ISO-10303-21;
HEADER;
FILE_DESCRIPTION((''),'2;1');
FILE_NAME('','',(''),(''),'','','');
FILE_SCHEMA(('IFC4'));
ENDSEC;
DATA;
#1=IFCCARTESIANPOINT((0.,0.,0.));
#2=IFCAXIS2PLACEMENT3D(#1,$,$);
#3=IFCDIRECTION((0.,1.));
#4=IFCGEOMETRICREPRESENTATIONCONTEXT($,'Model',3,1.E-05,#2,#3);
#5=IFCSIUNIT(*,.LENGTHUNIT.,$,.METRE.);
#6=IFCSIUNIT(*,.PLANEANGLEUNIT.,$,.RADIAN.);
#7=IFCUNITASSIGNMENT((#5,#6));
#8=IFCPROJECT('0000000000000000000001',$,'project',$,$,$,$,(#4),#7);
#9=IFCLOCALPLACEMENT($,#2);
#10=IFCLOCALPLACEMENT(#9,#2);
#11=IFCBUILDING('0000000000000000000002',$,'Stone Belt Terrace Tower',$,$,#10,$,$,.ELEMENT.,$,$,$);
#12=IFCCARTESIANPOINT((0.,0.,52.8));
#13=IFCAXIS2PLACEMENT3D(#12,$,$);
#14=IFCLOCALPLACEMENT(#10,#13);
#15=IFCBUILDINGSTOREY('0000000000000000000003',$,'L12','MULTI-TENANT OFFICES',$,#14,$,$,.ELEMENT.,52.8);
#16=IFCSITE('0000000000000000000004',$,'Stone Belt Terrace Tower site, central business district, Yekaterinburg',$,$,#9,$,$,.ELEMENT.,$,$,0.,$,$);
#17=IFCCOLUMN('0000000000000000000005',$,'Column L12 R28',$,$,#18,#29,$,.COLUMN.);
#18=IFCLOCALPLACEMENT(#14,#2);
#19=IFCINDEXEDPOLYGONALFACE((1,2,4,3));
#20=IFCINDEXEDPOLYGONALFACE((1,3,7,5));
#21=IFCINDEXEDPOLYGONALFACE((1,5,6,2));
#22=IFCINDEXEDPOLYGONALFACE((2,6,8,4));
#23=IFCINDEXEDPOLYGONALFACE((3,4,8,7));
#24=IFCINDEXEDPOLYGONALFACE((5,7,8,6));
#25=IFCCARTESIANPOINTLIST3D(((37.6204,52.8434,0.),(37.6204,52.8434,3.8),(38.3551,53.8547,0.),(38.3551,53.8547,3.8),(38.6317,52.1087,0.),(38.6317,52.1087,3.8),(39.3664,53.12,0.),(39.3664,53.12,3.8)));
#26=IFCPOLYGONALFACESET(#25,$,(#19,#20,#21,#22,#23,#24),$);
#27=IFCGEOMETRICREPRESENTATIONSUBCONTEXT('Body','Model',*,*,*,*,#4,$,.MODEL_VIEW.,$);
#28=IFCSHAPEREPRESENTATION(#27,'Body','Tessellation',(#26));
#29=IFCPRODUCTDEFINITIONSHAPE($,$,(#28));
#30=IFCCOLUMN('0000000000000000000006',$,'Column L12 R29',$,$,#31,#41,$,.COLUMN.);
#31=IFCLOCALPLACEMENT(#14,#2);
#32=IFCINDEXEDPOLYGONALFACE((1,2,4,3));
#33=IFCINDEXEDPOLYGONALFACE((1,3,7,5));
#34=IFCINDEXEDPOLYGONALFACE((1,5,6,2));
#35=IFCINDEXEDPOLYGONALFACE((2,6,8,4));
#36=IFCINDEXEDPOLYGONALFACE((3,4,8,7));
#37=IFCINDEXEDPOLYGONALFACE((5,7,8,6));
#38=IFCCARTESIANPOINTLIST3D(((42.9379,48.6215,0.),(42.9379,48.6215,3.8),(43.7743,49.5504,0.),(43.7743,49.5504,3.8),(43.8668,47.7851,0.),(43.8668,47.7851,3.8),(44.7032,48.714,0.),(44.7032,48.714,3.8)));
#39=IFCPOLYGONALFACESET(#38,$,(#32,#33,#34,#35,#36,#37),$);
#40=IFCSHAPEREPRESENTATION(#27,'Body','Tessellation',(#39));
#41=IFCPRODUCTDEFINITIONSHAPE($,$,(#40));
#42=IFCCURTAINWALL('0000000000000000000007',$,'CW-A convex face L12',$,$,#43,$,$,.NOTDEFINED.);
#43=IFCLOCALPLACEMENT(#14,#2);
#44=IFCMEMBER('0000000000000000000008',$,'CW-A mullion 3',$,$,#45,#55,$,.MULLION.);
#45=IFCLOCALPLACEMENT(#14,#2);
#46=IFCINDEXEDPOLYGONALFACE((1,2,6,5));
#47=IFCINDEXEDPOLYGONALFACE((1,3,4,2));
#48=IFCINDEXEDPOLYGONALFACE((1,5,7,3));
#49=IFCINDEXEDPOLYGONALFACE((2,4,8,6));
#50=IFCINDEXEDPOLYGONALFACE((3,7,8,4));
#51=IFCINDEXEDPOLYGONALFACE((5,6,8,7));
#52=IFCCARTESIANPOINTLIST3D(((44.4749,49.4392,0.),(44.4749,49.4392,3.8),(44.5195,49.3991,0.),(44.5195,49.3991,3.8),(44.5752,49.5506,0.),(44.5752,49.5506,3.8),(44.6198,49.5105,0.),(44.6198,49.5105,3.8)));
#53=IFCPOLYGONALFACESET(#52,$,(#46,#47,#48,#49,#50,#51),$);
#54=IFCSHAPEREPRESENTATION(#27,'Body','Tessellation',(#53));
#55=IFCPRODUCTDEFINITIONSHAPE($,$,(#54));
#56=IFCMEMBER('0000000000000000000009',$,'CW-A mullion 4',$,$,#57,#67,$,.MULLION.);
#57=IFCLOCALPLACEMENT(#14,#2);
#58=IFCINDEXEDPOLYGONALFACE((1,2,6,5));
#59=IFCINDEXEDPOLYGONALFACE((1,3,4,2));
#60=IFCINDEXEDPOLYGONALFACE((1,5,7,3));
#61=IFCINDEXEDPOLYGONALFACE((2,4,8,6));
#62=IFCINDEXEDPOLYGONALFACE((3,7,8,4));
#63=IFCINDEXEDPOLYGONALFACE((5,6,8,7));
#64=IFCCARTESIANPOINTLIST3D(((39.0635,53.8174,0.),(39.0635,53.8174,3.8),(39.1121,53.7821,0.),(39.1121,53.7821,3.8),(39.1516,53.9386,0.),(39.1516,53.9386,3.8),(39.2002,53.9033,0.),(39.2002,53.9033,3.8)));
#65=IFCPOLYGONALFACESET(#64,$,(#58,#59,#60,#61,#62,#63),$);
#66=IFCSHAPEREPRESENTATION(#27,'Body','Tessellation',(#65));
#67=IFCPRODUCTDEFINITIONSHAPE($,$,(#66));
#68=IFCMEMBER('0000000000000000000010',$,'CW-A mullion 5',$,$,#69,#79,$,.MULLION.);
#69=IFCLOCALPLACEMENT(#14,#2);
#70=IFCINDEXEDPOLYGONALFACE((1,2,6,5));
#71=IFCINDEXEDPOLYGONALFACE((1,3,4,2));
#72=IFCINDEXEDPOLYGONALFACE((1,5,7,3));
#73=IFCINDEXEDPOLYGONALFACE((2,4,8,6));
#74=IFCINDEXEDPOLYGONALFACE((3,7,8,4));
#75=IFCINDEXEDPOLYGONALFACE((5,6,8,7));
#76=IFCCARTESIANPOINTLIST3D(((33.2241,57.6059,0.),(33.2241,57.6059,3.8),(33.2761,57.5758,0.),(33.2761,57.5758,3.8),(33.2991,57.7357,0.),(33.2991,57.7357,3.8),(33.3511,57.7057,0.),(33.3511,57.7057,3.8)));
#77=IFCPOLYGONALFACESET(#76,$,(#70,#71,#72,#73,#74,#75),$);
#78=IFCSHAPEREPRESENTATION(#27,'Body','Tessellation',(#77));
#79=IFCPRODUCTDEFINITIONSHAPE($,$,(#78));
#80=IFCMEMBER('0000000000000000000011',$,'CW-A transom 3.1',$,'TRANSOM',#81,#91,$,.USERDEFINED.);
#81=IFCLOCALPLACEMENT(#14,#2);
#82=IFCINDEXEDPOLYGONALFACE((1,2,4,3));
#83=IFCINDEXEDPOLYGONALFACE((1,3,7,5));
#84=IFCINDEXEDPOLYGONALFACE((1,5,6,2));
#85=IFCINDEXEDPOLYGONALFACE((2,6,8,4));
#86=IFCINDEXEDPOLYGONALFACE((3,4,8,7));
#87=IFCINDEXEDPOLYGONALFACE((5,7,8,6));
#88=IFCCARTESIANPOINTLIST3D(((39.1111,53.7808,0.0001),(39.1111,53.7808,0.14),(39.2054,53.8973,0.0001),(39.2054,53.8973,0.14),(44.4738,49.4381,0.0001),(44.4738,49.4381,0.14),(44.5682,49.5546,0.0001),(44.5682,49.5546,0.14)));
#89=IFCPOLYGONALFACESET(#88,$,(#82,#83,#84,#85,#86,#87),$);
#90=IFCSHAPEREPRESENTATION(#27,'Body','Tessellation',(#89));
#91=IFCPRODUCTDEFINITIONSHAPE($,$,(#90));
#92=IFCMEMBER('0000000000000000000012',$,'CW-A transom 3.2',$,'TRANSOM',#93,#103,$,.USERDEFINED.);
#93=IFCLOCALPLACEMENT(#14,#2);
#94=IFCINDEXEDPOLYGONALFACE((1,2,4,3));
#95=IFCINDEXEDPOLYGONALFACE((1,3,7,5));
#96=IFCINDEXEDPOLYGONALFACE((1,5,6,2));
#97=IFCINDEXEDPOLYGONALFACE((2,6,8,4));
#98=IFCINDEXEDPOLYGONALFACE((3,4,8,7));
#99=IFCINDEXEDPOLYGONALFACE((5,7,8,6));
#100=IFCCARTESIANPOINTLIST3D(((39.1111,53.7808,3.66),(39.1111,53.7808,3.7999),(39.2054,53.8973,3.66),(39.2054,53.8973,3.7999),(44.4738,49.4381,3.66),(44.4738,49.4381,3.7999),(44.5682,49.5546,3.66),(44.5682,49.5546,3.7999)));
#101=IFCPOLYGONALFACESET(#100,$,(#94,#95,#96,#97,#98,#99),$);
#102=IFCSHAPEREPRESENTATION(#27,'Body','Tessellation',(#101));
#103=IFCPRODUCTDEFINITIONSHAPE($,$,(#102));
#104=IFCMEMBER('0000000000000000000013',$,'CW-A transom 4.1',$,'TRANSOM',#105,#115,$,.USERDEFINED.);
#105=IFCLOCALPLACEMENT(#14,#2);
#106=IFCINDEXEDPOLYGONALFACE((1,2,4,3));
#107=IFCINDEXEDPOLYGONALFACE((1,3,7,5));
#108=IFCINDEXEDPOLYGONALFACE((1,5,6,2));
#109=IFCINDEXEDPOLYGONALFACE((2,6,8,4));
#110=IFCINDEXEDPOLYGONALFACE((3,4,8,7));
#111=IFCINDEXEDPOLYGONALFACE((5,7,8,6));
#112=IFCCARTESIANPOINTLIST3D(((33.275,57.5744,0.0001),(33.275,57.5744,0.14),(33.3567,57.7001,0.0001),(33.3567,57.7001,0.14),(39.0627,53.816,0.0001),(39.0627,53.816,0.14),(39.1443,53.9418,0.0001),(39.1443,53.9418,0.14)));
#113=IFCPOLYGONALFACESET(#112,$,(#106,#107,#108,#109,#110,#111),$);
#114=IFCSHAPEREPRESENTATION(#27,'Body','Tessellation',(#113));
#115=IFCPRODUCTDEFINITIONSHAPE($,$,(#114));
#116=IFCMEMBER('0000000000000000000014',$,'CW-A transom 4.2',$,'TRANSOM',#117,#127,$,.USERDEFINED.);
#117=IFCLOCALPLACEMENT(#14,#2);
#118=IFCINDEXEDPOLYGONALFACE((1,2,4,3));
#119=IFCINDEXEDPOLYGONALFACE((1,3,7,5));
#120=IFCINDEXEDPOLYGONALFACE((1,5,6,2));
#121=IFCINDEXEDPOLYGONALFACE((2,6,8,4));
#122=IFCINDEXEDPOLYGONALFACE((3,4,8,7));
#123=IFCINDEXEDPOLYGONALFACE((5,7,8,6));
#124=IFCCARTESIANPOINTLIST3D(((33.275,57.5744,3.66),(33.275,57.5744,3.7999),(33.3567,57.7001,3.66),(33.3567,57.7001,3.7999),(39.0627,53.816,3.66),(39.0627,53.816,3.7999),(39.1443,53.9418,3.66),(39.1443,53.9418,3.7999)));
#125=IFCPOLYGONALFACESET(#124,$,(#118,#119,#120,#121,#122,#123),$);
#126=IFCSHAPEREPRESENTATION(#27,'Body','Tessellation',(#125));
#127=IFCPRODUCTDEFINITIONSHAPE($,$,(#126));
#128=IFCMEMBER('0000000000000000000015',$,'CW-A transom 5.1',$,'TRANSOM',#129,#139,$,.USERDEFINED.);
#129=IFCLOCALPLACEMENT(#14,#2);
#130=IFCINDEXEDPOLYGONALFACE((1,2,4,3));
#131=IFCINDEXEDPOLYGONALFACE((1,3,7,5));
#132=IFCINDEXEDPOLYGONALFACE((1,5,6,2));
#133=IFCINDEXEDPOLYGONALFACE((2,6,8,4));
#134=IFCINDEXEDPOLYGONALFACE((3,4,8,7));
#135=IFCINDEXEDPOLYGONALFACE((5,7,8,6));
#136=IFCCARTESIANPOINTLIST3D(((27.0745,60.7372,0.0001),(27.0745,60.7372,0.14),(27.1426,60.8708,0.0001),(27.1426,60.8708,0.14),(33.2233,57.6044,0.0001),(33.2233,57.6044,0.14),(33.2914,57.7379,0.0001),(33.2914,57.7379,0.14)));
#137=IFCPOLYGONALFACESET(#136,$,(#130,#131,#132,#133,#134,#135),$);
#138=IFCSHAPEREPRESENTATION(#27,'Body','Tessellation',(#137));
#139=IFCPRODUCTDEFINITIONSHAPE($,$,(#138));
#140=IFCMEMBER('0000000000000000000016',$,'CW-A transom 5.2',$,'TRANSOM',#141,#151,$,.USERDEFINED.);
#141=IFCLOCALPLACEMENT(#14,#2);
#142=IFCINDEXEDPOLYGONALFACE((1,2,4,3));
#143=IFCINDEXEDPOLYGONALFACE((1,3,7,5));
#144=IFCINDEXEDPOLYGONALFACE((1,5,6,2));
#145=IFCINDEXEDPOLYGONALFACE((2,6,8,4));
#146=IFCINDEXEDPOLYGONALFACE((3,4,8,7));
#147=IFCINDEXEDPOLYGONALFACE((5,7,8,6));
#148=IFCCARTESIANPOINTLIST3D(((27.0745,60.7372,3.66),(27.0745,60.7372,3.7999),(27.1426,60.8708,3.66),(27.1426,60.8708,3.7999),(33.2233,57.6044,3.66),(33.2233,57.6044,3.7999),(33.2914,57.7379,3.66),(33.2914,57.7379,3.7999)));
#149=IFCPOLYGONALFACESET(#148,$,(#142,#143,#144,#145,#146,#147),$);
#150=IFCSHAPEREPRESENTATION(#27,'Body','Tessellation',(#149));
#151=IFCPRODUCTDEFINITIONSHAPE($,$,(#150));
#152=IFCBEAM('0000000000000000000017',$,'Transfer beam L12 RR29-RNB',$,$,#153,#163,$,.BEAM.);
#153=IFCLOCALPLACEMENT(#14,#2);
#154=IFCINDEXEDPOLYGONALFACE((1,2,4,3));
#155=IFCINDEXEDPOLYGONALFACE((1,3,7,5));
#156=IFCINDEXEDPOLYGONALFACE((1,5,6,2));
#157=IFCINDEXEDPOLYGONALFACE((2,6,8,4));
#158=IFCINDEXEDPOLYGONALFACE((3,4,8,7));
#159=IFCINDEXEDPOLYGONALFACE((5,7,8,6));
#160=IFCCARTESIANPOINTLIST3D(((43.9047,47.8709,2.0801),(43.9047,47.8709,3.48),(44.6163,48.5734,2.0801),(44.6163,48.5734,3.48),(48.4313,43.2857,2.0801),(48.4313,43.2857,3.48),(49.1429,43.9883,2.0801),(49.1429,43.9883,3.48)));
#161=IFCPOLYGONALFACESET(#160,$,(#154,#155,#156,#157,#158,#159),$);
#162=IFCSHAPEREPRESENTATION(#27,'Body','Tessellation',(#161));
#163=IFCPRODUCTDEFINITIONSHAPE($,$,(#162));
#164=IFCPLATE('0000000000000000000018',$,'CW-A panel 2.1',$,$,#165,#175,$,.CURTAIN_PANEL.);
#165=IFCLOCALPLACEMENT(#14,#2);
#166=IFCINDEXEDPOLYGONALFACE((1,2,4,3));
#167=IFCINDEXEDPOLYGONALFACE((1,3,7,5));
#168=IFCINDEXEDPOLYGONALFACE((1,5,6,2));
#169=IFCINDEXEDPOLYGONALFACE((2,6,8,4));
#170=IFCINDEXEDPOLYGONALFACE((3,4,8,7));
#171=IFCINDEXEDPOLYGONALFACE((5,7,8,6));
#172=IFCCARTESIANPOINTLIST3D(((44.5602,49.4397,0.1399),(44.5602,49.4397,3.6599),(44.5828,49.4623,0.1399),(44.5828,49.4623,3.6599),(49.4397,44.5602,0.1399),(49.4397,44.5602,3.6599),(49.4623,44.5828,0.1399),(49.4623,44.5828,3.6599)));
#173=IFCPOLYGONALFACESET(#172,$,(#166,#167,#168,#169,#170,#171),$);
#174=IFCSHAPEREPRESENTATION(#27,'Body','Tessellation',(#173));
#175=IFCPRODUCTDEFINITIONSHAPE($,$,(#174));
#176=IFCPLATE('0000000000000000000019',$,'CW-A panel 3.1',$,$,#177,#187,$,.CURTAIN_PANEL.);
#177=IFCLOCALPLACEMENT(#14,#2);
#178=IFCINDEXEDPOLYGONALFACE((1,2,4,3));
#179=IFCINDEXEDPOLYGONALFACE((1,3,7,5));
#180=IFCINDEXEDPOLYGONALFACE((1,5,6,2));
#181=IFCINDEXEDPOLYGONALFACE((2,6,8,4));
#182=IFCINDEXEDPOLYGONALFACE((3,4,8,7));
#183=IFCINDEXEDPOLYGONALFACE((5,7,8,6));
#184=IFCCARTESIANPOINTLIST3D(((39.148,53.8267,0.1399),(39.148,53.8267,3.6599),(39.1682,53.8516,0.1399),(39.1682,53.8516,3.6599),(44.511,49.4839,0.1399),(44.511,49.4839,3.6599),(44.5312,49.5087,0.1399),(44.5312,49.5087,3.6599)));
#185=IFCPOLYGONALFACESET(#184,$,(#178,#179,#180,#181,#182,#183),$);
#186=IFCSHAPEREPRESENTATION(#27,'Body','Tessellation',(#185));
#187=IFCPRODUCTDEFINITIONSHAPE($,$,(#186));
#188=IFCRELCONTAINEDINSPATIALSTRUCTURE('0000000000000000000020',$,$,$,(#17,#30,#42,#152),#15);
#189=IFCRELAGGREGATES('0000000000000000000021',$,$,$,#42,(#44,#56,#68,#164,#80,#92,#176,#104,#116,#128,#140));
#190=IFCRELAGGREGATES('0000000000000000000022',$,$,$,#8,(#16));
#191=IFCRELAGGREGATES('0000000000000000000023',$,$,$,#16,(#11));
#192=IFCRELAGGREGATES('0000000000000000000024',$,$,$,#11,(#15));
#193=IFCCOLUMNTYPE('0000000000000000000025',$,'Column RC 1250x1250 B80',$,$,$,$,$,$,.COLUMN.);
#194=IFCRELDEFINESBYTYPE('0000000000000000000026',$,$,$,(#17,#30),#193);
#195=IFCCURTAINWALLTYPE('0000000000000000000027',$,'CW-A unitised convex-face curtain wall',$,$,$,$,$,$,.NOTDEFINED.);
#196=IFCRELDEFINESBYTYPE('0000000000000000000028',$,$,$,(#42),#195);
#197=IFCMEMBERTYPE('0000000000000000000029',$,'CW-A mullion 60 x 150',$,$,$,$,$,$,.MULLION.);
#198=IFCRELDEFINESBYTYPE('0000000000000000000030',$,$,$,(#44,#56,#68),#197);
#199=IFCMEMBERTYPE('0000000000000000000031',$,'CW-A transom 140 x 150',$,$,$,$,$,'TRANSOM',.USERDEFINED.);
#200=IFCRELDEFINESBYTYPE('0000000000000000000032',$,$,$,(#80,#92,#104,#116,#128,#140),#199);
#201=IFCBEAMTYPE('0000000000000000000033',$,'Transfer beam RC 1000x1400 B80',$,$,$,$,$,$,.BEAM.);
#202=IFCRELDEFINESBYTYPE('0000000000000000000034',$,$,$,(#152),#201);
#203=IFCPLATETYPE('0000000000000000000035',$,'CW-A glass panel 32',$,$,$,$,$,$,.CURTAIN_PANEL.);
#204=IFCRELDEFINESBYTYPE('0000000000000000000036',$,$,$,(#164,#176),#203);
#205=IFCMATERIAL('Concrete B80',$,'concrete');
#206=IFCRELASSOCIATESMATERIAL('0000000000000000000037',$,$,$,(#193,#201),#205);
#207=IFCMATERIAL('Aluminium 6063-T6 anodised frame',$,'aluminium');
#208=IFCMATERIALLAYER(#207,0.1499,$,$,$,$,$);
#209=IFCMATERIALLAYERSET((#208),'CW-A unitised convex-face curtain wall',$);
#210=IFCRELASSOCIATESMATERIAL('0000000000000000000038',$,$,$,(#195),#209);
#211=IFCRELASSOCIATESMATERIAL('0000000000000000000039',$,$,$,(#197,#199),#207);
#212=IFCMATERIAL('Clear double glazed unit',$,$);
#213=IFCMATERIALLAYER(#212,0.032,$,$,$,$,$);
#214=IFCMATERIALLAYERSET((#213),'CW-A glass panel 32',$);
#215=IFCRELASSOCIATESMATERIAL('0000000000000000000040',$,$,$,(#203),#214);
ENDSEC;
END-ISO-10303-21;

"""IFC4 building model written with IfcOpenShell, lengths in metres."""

from ifc_helpers import new_model, si_unit, direction, frame, origin, origin_2d, place, context, subcontext, project, spatial, rectangle, extrude, material, layer, layer_set, material_profile, profile_set, type_object, element, aggregate, save


model = new_model("IFC4")

# Units and contexts
model_context = context("Model", 3, precision=1e-05, world=origin(), true_north=direction((0.0, 1.0)))
body_context = subcontext(model_context, "Body", "Model", "MODEL_VIEW")
ifc_project = project(units=[si_unit("LENGTHUNIT", "METRE"), si_unit("PLANEANGLEUNIT", "RADIAN")], contexts=[model_context])

# Site, building, storey
site_placement = place(None, origin())
site = spatial("IfcSite", under=ifc_project, at=site_placement, Name="Stone Belt Terrace Tower site, central business district, Yekaterinburg", CompositionType="ELEMENT", RefElevation=0.0)
building_placement = place(site_placement, origin())
building = spatial("IfcBuilding", under=site, at=building_placement, Name="Stone Belt Terrace Tower", CompositionType="ELEMENT")
storey_placement = place(building_placement, frame((0.0, 0.0, 52.8)))
storey = spatial("IfcBuildingStorey", under=building, at=storey_placement, Name="L12", Description="MULTI-TENANT OFFICES", CompositionType="ELEMENT", Elevation=52.8)

# Columns
ifc_material_1 = material(Name="Concrete B80", Category="concrete")
ifc_material_profile_1 = material_profile(ifc_material_1, rectangle(XDim=1.25, YDim=1.25, at=origin_2d()), Name="RC 1250x1250")
ifc_profile_set_1 = profile_set([ifc_material_profile_1], Name="Concrete B80")
column_type = type_object("IfcColumnType", Name="Column RC 1250x1250 B80", PredefinedType="COLUMN", material=ifc_profile_set_1)
for number, where, z_axis, x_axis, name in (
    (1, (38.4934, 52.9817, 0.0), (0.0, 0.0, 1.0), (0.809017, -0.587785, 0.0), "Column L12 R28"),
    (2, (43.8206, 48.6677, 0.0), (0.0, 0.0, 1.0), (0.743145, -0.669131, 0.0), "Column L12 R29"),
):
    element("IfcColumn", number, at=place(storey_placement, frame(where, z_axis=z_axis, x_axis=x_axis)), inside=storey, type_object=column_type, Name=name, PredefinedType="COLUMN", context=body_context, shape_type="SweptSolid", body=[
        extrude(rectangle(XDim=1.25, YDim=1.25, at=origin_2d()), origin(), (0.0, 0.0, 1.0), 3.8),
    ])

# Curtain wall, members
ifc_material_2 = material(Name="Aluminium 6063-T6 anodised frame", Category="aluminium")
ifc_layer_1 = layer(ifc_material_2, 0.1499)
ifc_layer_set_1 = layer_set([ifc_layer_1], Name="CW-A unitised convex-face curtain wall")
curtain_wall_type = type_object("IfcCurtainWallType", Name="CW-A unitised convex-face curtain wall", PredefinedType="NOTDEFINED", material=ifc_layer_set_1)
curtain_wall_placement = place(storey_placement, origin())
curtain_wall = element("IfcCurtainWall", 3, at=curtain_wall_placement, inside=storey, type_object=curtain_wall_type, Name="CW-A convex face L12", PredefinedType="NOTDEFINED")
ifc_material_profile_2 = material_profile(ifc_material_2, rectangle(XDim=0.1499, YDim=0.0601, at=origin_2d()), Name="Aluminium 6063-T6 60x150")
ifc_profile_set_2 = profile_set([ifc_material_profile_2], Name="Aluminium 6063-T6 anodised frame")
member_type_1 = type_object("IfcMemberType", Name="CW-A mullion 60 x 150", PredefinedType="MULLION", material=ifc_profile_set_2)
member_1_placement = place(storey_placement, frame((44.5474, 49.4749, 0.0), z_axis=(0.0, 0.0, 1.0), x_axis=(-0.669131, -0.743145, 0.0)))
member_1 = element("IfcMember", 4, at=member_1_placement, type_object=member_type_1, Name="CW-A mullion 3", PredefinedType="MULLION", context=body_context, shape_type="SweptSolid", body=[
    extrude(rectangle(XDim=0.1499, YDim=0.0601, at=origin_2d()), origin(), (0.0, 0.0, 1.0), 3.8),
])
member_2_placement = place(storey_placement, frame((39.1318, 53.8604, 0.0), z_axis=(0.0, 0.0, 1.0), x_axis=(-0.587785, -0.809017, 0.0)))
member_2 = element("IfcMember", 5, at=member_2_placement, type_object=member_type_1, Name="CW-A mullion 4", PredefinedType="MULLION", context=body_context, shape_type="SweptSolid", body=[
    extrude(rectangle(XDim=0.1499, YDim=0.0601, at=origin_2d()), origin(), (0.0, 0.0, 1.0), 3.8),
])
member_3_placement = place(storey_placement, frame((33.2876, 57.6558, 0.0), z_axis=(0.0, 0.0, 1.0), x_axis=(-0.5, -0.866025, 0.0)))
member_3 = element("IfcMember", 6, at=member_3_placement, type_object=member_type_1, Name="CW-A mullion 5", PredefinedType="MULLION", context=body_context, shape_type="SweptSolid", body=[
    extrude(rectangle(XDim=0.1499, YDim=0.0601, at=origin_2d()), origin(), (0.0, 0.0, 1.0), 3.8),
])
ifc_material_profile_3 = material_profile(ifc_material_2, rectangle(XDim=0.1499, YDim=0.1399, at=origin_2d()), Name="Aluminium 6063-T6 150x140")
ifc_profile_set_3 = profile_set([ifc_material_profile_3], Name="Aluminium 6063-T6 anodised frame")
member_type_2 = type_object("IfcMemberType", Name="CW-A transom 140 x 150", ElementType="TRANSOM", PredefinedType="USERDEFINED", material=ifc_profile_set_3)
member_4_placement = place(storey_placement, frame((44.521, 49.4963, 0.0701), z_axis=(-0.777141, 0.629326, 0.0), x_axis=(-0.629326, -0.777141, 0.0)))
member_4 = element("IfcMember", 7, at=member_4_placement, type_object=member_type_2, Name="CW-A transom 3.1", ObjectType="TRANSOM", PredefinedType="USERDEFINED", context=body_context, shape_type="SweptSolid", body=[
    extrude(rectangle(XDim=0.1499, YDim=0.1399, at=origin_2d()), origin(), (0.0, 0.0, 1.0), 6.9006),
])
member_5_placement = place(storey_placement, frame((44.521, 49.4963, 3.73), z_axis=(-0.777141, 0.629326, 0.0), x_axis=(-0.629326, -0.777141, 0.0)))
member_5 = element("IfcMember", 8, at=member_5_placement, type_object=member_type_2, Name="CW-A transom 3.2", ObjectType="TRANSOM", PredefinedType="USERDEFINED", context=body_context, shape_type="SweptSolid", body=[
    extrude(rectangle(XDim=0.1499, YDim=0.1399, at=origin_2d()), origin(), (0.0, 0.0, 1.0), 6.9006),
])
member_6_placement = place(storey_placement, frame((39.1035, 53.8789, 0.0701), z_axis=(-0.838684, 0.544618, 0.0), x_axis=(-0.544618, -0.838684, 0.0)))
member_6 = element("IfcMember", 9, at=member_6_placement, type_object=member_type_2, Name="CW-A transom 4.1", ObjectType="TRANSOM", PredefinedType="USERDEFINED", context=body_context, shape_type="SweptSolid", body=[
    extrude(rectangle(XDim=0.1499, YDim=0.1399, at=origin_2d()), origin(), (0.0, 0.0, 1.0), 6.9009),
])
member_7_placement = place(storey_placement, frame((39.1035, 53.8789, 3.73), z_axis=(-0.838684, 0.544618, 0.0), x_axis=(-0.544618, -0.838684, 0.0)))
member_7 = element("IfcMember", 10, at=member_7_placement, type_object=member_type_2, Name="CW-A transom 4.2", ObjectType="TRANSOM", PredefinedType="USERDEFINED", context=body_context, shape_type="SweptSolid", body=[
    extrude(rectangle(XDim=0.1499, YDim=0.1399, at=origin_2d()), origin(), (0.0, 0.0, 1.0), 6.9009),
])
member_8_placement = place(storey_placement, frame((33.2573, 57.6711, 0.0701), z_axis=(-0.891012, 0.453979, 0.0), x_axis=(-0.453979, -0.891012, 0.0)))
member_8 = element("IfcMember", 11, at=member_8_placement, type_object=member_type_2, Name="CW-A transom 5.1", ObjectType="TRANSOM", PredefinedType="USERDEFINED", context=body_context, shape_type="SweptSolid", body=[
    extrude(rectangle(XDim=0.1499, YDim=0.1399, at=origin_2d()), origin(), (0.0, 0.0, 1.0), 6.9009),
])
member_9_placement = place(storey_placement, frame((33.2573, 57.6711, 3.73), z_axis=(-0.891012, 0.453979, 0.0), x_axis=(-0.453979, -0.891012, 0.0)))
member_9 = element("IfcMember", 12, at=member_9_placement, type_object=member_type_2, Name="CW-A transom 5.2", ObjectType="TRANSOM", PredefinedType="USERDEFINED", context=body_context, shape_type="SweptSolid", body=[
    extrude(rectangle(XDim=0.1499, YDim=0.1399, at=origin_2d()), origin(), (0.0, 0.0, 1.0), 6.9009),
])

# Beam
ifc_material_profile_4 = material_profile(ifc_material_1, rectangle(XDim=1.0, YDim=1.3999, at=origin_2d()), Name="RC 1000x1400")
ifc_profile_set_4 = profile_set([ifc_material_profile_4], Name="Concrete B80")
beam_type = type_object("IfcBeamType", Name="Transfer beam RC 1000x1400 B80", PredefinedType="BEAM", material=ifc_profile_set_4)
beam_placement = place(storey_placement, frame((44.2605, 48.2222, 2.78), z_axis=(0.702545, -0.711639, 0.0), x_axis=(0.711639, 0.702545, 0.0)))
element("IfcBeam", 13, at=beam_placement, inside=storey, type_object=beam_type, Name="Transfer beam L12 RR29-RNB", PredefinedType="BEAM", context=body_context, shape_type="SweptSolid", body=[
    extrude(rectangle(XDim=1.0, YDim=1.3999, at=origin_2d()), origin(), (0.0, 0.0, 1.0), 6.4431),
])

# Plates
ifc_material_3 = material(Name="Clear double glazed unit")
ifc_layer_2 = layer(ifc_material_3, 0.032)
ifc_layer_set_2 = layer_set([ifc_layer_2], Name="CW-A glass panel 32")
plate_type_1 = type_object("IfcPlateType", Name="CW-A glass panel 32", PredefinedType="CURTAIN_PANEL", material=ifc_layer_set_2)
plate_1_placement = place(storey_placement, frame((47.0112, 47.0112, 0.1399), z_axis=(0.0, 0.0, 1.0), x_axis=(-0.707107, 0.707107, 0.0)))
plate_1 = element("IfcPlate", 14, at=plate_1_placement, type_object=plate_type_1, Name="CW-A panel 2.1", PredefinedType="CURTAIN_PANEL", context=body_context, shape_type="SweptSolid", body=[
    extrude(rectangle(XDim=6.9006, YDim=0.032, at=origin_2d()), origin(), (0.0, 0.0, 1.0), 3.52),
])
plate_2_placement = place(storey_placement, frame((41.8396, 51.6677, 0.1399), z_axis=(0.0, 0.0, 1.0), x_axis=(-0.777146, 0.62932, 0.0)))
plate_2 = element("IfcPlate", 15, at=plate_2_placement, type_object=plate_type_1, Name="CW-A panel 3.1", PredefinedType="CURTAIN_PANEL", context=body_context, shape_type="SweptSolid", body=[
    extrude(rectangle(XDim=6.9009, YDim=0.032, at=origin_2d()), origin(), (0.0, 0.0, 1.0), 3.52),
])
aggregate(curtain_wall, [member_1, member_2, member_3, plate_1, member_4, member_5, plate_2, member_6, member_7, member_8, member_9])

save(model, "model.ifc")
